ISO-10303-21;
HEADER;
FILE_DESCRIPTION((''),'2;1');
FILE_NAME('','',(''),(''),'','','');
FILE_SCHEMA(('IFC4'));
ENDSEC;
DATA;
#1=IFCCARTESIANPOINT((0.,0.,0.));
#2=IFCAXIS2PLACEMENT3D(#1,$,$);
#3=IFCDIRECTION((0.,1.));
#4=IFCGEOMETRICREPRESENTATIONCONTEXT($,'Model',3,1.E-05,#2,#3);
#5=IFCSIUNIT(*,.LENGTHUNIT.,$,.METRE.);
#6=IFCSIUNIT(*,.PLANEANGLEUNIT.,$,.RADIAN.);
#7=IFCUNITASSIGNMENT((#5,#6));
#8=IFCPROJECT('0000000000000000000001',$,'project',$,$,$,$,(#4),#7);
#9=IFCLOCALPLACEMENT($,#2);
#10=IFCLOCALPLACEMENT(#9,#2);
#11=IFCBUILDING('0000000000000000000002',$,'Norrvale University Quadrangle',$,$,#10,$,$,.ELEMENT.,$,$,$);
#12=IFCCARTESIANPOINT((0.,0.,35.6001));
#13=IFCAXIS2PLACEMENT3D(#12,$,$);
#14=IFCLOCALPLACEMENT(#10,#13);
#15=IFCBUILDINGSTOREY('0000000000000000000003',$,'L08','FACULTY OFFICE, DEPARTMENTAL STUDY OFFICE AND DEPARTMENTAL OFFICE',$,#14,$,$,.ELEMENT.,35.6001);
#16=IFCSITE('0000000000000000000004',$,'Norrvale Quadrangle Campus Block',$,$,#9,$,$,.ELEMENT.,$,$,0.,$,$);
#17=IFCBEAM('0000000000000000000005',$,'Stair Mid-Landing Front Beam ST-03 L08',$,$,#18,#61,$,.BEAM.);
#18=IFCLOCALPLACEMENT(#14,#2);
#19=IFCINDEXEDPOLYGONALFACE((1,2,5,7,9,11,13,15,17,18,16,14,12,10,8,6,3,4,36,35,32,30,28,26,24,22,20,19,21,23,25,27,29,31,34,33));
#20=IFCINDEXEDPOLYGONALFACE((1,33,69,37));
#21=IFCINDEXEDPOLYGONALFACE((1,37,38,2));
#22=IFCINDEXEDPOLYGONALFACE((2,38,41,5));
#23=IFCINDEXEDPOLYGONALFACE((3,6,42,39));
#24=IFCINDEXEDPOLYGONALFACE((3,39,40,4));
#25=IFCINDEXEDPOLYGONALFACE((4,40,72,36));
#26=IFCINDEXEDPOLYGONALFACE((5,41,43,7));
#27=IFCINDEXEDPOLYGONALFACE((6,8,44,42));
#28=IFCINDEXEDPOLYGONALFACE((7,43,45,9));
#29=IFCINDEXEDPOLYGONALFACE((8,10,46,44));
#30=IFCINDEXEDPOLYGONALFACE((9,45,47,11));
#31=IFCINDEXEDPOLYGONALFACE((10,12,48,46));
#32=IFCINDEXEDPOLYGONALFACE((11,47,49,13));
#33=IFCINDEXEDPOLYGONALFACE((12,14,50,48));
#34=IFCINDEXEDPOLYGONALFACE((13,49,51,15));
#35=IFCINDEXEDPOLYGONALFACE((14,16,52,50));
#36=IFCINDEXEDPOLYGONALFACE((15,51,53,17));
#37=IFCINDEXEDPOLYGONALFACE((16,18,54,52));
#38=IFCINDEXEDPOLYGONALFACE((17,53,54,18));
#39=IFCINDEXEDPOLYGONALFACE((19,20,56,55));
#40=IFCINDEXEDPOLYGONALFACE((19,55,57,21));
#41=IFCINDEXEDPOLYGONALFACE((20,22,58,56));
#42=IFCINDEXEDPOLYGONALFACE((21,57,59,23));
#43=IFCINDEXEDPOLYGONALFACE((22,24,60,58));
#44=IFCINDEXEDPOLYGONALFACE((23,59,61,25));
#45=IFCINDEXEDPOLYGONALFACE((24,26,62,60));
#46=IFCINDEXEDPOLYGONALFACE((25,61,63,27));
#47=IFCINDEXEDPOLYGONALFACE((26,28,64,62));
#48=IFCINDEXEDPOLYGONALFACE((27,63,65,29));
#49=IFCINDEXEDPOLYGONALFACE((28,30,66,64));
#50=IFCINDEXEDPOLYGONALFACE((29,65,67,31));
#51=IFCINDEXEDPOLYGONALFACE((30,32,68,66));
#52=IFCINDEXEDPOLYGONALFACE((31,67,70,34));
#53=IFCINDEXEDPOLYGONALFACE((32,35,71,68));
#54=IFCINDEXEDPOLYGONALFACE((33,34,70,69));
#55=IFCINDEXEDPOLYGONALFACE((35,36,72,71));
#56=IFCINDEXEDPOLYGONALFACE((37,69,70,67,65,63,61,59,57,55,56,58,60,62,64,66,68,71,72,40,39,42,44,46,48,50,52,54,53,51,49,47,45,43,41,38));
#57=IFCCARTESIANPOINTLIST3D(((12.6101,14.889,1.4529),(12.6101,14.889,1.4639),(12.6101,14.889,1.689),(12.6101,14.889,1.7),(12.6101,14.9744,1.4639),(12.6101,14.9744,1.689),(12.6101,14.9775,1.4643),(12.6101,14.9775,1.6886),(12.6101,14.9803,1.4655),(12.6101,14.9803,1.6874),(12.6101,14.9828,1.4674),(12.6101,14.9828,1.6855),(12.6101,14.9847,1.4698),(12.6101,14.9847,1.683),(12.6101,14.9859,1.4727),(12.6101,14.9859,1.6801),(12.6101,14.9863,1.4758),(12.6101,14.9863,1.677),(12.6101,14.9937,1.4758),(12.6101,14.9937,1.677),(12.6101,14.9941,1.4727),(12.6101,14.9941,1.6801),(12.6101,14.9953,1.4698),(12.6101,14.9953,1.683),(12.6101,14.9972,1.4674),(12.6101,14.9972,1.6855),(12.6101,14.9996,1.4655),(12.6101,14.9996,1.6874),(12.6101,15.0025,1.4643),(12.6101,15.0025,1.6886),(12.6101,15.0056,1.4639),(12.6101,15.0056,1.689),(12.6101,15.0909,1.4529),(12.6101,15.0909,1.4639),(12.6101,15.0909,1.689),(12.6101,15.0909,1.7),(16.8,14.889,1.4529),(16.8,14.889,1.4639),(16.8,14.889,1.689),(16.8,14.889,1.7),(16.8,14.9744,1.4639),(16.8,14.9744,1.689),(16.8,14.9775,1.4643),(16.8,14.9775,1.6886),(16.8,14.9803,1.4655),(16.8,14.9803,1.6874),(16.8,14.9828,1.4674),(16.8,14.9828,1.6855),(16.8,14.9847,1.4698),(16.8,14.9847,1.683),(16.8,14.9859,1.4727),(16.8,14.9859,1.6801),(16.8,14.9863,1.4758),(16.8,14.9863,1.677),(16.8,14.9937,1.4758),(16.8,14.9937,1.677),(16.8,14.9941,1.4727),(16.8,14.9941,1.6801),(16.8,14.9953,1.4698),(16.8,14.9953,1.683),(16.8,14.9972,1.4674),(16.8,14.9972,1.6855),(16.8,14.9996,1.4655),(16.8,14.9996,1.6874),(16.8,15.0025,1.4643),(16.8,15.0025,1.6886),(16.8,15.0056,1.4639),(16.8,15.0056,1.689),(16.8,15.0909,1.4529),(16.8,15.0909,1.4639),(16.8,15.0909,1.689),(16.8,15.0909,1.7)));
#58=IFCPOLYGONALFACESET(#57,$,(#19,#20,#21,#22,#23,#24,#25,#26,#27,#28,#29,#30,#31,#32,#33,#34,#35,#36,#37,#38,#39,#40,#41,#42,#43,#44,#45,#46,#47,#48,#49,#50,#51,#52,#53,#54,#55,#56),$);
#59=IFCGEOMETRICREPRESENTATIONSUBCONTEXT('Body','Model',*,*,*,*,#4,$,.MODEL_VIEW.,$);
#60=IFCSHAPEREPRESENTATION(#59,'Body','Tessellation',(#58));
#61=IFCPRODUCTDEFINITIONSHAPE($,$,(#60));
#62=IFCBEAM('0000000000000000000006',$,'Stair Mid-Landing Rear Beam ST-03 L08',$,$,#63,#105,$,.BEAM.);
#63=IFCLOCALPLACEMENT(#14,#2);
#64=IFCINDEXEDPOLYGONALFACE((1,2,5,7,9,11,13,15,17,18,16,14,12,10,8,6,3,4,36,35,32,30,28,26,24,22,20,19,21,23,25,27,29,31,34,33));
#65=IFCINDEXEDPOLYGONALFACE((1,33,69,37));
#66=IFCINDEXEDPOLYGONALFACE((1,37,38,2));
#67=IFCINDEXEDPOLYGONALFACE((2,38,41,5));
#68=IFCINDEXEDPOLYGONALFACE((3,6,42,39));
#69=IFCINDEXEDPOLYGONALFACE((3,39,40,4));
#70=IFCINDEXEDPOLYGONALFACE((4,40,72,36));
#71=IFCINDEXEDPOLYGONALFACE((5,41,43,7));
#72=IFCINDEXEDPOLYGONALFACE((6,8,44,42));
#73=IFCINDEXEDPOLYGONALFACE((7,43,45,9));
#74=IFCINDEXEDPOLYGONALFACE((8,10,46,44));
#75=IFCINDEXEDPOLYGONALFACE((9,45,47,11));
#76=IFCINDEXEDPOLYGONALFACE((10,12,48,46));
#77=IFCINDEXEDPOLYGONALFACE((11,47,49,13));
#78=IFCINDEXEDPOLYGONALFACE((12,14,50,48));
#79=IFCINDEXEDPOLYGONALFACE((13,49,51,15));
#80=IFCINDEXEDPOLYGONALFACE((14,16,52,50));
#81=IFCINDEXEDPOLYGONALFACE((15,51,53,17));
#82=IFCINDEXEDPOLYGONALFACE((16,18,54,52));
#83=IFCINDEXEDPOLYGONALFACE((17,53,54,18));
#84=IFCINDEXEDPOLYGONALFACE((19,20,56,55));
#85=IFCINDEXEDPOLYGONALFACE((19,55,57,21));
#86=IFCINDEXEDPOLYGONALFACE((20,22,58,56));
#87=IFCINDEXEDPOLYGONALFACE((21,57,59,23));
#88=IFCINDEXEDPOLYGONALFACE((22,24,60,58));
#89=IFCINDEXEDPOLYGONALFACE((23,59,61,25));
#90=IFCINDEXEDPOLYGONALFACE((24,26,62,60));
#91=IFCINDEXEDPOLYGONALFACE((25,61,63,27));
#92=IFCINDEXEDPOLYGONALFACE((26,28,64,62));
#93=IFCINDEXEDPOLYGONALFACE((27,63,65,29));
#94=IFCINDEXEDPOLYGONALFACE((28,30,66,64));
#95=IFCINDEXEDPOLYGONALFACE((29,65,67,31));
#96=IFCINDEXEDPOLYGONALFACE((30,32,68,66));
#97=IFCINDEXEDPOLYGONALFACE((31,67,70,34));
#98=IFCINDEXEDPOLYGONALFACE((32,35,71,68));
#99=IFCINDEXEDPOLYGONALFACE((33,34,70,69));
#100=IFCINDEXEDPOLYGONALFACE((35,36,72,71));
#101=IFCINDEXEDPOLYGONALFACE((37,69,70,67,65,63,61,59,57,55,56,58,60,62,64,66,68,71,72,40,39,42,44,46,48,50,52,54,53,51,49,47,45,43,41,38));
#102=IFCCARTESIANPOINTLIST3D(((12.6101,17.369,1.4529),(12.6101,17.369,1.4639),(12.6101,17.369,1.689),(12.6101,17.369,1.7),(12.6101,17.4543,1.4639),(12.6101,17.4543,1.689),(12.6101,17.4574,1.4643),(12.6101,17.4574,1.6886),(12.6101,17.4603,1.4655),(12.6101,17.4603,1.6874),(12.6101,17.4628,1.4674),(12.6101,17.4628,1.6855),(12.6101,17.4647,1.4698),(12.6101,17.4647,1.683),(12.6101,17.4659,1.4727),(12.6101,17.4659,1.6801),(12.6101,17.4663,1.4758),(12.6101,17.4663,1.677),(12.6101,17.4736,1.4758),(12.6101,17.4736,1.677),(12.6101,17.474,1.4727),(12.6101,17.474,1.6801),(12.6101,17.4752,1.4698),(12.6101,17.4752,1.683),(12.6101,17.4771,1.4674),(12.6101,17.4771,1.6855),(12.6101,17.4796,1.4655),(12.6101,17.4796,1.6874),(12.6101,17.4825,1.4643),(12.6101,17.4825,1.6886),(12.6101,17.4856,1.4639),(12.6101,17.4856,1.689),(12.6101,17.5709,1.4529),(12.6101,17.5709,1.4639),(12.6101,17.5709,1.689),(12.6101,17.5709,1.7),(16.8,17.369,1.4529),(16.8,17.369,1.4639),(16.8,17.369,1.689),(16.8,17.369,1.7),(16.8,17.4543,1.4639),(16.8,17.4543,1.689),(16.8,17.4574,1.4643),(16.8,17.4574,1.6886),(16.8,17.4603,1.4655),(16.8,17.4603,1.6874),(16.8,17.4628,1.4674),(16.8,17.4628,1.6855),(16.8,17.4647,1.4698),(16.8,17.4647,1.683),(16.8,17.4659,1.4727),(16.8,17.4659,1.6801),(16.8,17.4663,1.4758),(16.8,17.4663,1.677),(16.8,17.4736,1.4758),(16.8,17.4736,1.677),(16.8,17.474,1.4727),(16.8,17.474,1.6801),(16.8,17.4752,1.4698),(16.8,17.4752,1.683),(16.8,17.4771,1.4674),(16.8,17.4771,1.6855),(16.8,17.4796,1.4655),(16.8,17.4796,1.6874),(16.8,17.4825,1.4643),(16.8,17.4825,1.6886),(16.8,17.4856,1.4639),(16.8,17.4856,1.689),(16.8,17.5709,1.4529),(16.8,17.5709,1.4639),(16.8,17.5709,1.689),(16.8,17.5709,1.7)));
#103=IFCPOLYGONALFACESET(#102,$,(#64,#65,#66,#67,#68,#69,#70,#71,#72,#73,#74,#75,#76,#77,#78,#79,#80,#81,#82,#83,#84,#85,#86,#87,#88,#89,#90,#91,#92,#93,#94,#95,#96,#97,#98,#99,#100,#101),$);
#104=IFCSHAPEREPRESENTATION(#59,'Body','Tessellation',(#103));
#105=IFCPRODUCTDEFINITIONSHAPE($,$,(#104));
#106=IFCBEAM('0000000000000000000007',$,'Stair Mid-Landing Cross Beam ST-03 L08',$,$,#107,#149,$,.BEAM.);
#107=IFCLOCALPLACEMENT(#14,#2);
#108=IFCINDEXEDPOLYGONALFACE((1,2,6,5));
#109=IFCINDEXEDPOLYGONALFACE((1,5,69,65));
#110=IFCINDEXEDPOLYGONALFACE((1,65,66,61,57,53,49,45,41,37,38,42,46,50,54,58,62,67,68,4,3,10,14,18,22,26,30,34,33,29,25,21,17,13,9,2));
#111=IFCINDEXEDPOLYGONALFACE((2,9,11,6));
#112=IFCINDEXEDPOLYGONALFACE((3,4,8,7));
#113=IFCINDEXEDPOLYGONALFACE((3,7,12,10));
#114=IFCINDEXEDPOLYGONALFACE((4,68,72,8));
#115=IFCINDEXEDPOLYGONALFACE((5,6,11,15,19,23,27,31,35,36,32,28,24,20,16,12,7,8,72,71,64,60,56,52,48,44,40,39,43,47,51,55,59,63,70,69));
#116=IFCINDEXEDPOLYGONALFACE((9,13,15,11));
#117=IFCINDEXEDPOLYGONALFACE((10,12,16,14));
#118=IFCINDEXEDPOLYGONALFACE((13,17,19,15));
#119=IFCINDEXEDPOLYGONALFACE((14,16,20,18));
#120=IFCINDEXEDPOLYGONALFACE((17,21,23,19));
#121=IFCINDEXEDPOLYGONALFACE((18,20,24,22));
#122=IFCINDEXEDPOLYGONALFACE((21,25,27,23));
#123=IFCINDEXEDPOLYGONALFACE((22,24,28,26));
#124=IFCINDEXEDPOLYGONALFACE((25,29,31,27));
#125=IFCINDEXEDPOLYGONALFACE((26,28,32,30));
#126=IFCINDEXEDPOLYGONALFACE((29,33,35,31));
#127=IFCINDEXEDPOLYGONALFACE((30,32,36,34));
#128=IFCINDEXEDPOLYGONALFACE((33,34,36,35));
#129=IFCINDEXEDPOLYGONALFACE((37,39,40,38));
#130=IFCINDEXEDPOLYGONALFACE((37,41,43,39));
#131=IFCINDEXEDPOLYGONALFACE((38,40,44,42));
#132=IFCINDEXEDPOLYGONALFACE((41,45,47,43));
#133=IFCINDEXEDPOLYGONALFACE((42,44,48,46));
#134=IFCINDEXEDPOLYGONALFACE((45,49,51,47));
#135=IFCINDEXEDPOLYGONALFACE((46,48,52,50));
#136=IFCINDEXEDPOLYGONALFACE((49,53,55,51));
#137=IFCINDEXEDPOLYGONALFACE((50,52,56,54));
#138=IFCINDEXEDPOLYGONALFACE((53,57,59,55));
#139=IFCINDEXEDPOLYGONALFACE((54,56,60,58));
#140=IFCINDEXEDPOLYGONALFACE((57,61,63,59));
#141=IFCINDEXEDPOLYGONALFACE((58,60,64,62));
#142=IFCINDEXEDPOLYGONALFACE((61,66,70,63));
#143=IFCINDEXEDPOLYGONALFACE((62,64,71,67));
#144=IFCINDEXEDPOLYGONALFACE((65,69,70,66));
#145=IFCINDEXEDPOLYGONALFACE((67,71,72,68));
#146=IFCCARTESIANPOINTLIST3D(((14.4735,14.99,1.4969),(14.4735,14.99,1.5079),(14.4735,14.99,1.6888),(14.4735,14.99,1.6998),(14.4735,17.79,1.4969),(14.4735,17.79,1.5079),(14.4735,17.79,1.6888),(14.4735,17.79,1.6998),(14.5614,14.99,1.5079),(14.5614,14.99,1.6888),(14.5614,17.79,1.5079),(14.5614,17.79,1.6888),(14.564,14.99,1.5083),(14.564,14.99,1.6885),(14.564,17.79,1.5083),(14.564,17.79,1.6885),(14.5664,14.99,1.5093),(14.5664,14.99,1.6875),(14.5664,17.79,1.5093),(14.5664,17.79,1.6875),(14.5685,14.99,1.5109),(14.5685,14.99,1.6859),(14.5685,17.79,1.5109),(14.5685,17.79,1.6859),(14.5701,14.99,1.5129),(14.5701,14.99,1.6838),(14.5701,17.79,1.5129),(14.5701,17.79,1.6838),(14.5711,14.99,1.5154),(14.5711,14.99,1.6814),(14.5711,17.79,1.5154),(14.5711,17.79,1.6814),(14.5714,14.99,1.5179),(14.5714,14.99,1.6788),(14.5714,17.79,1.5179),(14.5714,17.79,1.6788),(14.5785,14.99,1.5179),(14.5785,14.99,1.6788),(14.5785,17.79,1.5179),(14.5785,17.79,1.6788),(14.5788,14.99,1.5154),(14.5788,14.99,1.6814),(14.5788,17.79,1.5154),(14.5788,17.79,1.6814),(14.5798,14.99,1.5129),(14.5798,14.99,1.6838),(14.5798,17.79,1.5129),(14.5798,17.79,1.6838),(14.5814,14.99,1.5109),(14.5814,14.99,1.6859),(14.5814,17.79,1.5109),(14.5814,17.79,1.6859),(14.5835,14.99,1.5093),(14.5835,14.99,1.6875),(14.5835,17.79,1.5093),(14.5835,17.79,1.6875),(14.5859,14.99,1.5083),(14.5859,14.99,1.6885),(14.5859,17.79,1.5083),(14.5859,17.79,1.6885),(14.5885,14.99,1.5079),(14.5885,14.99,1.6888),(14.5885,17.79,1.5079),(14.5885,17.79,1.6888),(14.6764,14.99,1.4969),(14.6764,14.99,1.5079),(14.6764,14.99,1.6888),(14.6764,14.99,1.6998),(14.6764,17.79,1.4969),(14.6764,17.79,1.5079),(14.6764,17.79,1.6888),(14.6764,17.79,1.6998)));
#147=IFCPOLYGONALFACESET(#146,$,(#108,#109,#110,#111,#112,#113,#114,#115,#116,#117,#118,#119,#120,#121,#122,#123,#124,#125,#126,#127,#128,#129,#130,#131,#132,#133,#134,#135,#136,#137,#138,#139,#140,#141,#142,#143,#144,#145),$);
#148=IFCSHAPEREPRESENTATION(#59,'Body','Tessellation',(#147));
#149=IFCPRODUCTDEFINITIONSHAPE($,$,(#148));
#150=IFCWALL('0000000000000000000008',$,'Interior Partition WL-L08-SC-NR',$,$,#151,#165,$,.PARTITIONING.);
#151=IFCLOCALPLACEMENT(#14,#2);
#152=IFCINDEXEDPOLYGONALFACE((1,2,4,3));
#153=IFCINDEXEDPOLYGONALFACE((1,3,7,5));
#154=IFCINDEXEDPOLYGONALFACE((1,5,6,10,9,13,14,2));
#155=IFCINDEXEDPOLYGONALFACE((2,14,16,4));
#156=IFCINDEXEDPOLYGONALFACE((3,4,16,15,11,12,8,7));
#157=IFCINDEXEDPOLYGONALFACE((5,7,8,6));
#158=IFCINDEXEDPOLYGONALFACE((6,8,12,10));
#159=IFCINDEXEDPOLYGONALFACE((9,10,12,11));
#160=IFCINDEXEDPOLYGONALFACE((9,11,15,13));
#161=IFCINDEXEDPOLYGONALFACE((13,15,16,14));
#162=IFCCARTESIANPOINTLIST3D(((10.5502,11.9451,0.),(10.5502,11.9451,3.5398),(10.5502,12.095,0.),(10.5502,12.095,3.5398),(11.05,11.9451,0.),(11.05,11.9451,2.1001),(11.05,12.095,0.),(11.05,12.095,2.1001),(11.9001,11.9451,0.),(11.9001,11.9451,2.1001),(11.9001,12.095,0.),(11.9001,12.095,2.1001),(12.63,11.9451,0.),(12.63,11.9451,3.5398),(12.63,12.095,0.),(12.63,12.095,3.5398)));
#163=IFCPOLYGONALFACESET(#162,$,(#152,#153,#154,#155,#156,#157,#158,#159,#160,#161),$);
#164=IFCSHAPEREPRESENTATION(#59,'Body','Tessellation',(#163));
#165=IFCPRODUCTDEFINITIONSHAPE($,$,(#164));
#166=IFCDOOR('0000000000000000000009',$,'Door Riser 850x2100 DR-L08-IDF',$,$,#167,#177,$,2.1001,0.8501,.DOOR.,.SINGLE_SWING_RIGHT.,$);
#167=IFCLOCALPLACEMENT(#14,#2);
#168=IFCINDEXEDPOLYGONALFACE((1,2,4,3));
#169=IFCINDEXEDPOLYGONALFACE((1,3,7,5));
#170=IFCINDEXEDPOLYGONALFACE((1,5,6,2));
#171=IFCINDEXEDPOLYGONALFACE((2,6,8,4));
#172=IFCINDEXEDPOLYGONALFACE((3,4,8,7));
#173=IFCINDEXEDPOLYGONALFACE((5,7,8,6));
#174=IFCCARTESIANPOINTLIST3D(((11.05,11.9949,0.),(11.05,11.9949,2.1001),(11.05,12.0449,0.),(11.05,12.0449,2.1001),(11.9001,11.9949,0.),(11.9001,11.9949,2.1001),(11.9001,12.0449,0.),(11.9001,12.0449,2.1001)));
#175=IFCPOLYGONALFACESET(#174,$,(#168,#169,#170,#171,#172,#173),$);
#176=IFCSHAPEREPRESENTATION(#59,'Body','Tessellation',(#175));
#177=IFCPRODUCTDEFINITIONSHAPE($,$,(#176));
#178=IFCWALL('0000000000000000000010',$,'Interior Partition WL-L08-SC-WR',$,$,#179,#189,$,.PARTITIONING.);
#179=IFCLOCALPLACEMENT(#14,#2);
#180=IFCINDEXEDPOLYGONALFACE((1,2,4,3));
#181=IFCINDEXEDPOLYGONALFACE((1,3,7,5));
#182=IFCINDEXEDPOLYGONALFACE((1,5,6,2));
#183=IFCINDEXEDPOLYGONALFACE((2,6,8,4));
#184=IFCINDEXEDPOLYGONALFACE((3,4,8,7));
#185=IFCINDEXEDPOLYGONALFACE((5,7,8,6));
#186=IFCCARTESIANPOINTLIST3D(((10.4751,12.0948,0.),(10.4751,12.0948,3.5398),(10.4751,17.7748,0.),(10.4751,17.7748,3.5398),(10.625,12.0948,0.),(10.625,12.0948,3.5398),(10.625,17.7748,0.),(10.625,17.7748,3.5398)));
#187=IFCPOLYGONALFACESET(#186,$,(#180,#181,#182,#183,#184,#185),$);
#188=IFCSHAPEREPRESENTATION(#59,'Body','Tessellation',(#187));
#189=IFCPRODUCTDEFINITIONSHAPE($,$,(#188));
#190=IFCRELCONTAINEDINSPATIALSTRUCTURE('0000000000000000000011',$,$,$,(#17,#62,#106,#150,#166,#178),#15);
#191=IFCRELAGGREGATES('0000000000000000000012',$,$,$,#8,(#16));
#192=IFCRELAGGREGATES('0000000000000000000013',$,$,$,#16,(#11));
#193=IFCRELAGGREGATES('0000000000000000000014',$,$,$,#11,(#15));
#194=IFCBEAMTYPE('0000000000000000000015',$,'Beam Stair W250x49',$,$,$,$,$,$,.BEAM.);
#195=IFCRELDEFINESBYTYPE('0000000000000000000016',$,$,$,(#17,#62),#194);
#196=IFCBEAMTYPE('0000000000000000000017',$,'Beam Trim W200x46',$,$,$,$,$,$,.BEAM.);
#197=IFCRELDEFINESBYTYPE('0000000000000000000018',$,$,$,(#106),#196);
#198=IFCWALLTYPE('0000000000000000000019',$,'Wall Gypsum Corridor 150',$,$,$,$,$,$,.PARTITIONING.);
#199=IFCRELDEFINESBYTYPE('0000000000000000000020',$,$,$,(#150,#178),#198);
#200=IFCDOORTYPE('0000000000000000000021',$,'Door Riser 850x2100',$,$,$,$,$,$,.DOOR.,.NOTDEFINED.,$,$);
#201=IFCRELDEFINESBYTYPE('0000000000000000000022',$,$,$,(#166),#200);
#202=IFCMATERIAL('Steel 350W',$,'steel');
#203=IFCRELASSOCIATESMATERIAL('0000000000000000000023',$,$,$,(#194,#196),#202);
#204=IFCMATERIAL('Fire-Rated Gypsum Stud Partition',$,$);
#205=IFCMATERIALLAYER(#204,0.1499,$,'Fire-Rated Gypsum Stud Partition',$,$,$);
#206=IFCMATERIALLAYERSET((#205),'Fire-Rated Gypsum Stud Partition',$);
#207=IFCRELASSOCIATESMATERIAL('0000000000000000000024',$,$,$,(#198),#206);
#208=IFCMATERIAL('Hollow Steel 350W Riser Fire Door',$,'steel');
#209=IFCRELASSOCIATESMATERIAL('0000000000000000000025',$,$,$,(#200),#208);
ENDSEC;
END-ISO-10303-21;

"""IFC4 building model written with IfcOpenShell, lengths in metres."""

from ifc_helpers import new_model, si_unit, direction, frame, frame_2d, origin, origin_2d, place, context, subcontext, project, spatial, rectangle, i_section, extrude, material, layer, layer_set, material_profile, profile_set, type_object, element, fill, save


model = new_model("IFC4")

# Units and contexts
model_context = context("Model", 3, precision=1e-05, world=origin(), true_north=direction((0.0, 1.0)))
body_context = subcontext(model_context, "Body", "Model", "MODEL_VIEW")
ifc_project = project(units=[si_unit("LENGTHUNIT", "METRE"), si_unit("PLANEANGLEUNIT", "RADIAN")], contexts=[model_context])

# Site, building, storey
site_placement = place(None, origin())
site = spatial("IfcSite", under=ifc_project, at=site_placement, Name="Norrvale Quadrangle Campus Block", CompositionType="ELEMENT", RefElevation=0.0)
building_placement = place(site_placement, origin())
building = spatial("IfcBuilding", under=site, at=building_placement, Name="Norrvale University Quadrangle", CompositionType="ELEMENT")
storey_placement = place(building_placement, frame((0.0, 0.0, 35.6001)))
storey = spatial("IfcBuildingStorey", under=building, at=storey_placement, Name="L08", Description="FACULTY OFFICE, DEPARTMENTAL STUDY OFFICE AND DEPARTMENTAL OFFICE", CompositionType="ELEMENT", Elevation=35.6001)

# Beams
ifc_material_1 = material(Name="Steel 350W", Category="steel")
ifc_material_profile_1 = material_profile(ifc_material_1, i_section(OverallWidth=0.2019, OverallDepth=0.2471, WebThickness=0.0073, FlangeThickness=0.011, FilletRadius=0.012, at=origin_2d()), Name="Steel 350W")
ifc_profile_set_1 = profile_set([ifc_material_profile_1], Name="Steel 350W")
beam_type_1 = type_object("IfcBeamType", Name="Beam Stair W250x49", PredefinedType="BEAM", material=ifc_profile_set_1)
for number, where, z_axis, x_axis, name in (
    (1, (12.6101, 14.99, 1.5764), (1.0, 0.0, 0.0), (0.0, 1.0, 0.0), "Stair Mid-Landing Front Beam ST-03 L08"),
    (2, (12.6101, 17.47, 1.5764), (1.0, 0.0, 0.0), (0.0, 1.0, 0.0), "Stair Mid-Landing Rear Beam ST-03 L08"),
):
    element("IfcBeam", number, at=place(storey_placement, frame(where, z_axis=z_axis, x_axis=x_axis)), inside=storey, type_object=beam_type_1, Name=name, PredefinedType="BEAM", context=body_context, shape_type="SweptSolid", body=[
        extrude(i_section(OverallWidth=0.2019, OverallDepth=0.2471, WebThickness=0.0073, FlangeThickness=0.011, FilletRadius=0.012, at=origin_2d()), origin(), (0.0, 0.0, 1.0), 4.1899),
    ])
ifc_material_profile_2 = material_profile(ifc_material_1, i_section(OverallWidth=0.2029, OverallDepth=0.2029, WebThickness=0.0071, FlangeThickness=0.011, FilletRadius=0.01, at=origin_2d()), Name="Steel 350W")
ifc_profile_set_2 = profile_set([ifc_material_profile_2], Name="Steel 350W")
beam_type_2 = type_object("IfcBeamType", Name="Beam Trim W200x46", PredefinedType="BEAM", material=ifc_profile_set_2)
beam_placement = place(storey_placement, frame((14.575, 14.99, 1.5984), z_axis=(0.0, 1.0, 0.0), x_axis=(-1.0, 0.0, 0.0)))
element("IfcBeam", 3, at=beam_placement, inside=storey, type_object=beam_type_2, Name="Stair Mid-Landing Cross Beam ST-03 L08", PredefinedType="BEAM", context=body_context, shape_type="SweptSolid", body=[
    extrude(i_section(OverallWidth=0.2029, OverallDepth=0.2029, WebThickness=0.0071, FlangeThickness=0.011, FilletRadius=0.01, at=origin_2d()), origin(), (0.0, 0.0, 1.0), 2.8),
])

# Wall, opening, door
ifc_material_2 = material(Name="Fire-Rated Gypsum Stud Partition")
ifc_layer_1 = layer(ifc_material_2, 0.1499, Name="Fire-Rated Gypsum Stud Partition")
ifc_layer_set_1 = layer_set([ifc_layer_1], Name="Fire-Rated Gypsum Stud Partition")
wall_type_1 = type_object("IfcWallType", Name="Wall Gypsum Corridor 150", PredefinedType="PARTITIONING", material=ifc_layer_set_1)
wall_1_placement = place(storey_placement, frame((10.55, 12.02, 0.0), z_axis=(0.0, 0.0, 1.0), x_axis=(1.0, 0.0, 0.0)))
wall_1 = element("IfcWall", 4, at=wall_1_placement, inside=storey, type_object=wall_type_1, Name="Interior Partition WL-L08-SC-NR", PredefinedType="PARTITIONING", context=body_context, shape_type="SweptSolid", body=[
    extrude(rectangle(XDim=2.0798, YDim=0.1499, at=frame_2d((1.04, 0.0))), origin(), (0.0, 0.0, 1.0), 3.5398),
])
opening_1_placement = place(wall_1_placement, frame((0.5, 0.0, 0.0)))
opening_1 = element("IfcOpeningElement", 5, at=opening_1_placement, cuts=wall_1, PredefinedType="OPENING", context=body_context, shape_type="SweptSolid", body=[
    extrude(rectangle(XDim=0.8501, YDim=2.1001, at=frame_2d((0.425, 1.05))), frame((0.0, 0.0869, 0.0), z_axis=(0.0, -1.0, 0.0), x_axis=(1.0, 0.0, 0.0)), (0.0, 0.0, 1.0), 0.1738),
])
ifc_material_3 = material(Name="Hollow Steel 350W Riser Fire Door", Category="steel")
door_type_1 = type_object("IfcDoorType", Name="Door Riser 850x2100", OperationType="NOTDEFINED", PredefinedType="DOOR", material=ifc_material_3)
door_1_placement = place(opening_1_placement, origin())
door_1 = element("IfcDoor", 6, at=door_1_placement, inside=storey, type_object=door_type_1, Name="Door Riser 850x2100 DR-L08-IDF", OperationType="SINGLE_SWING_RIGHT", OverallHeight=2.1001, OverallWidth=0.8501, PredefinedType="DOOR", context=body_context, shape_type="SweptSolid", body=[
    extrude(rectangle(XDim=0.8501, YDim=2.1001, at=frame_2d((0.425, 1.05))), frame((0.0, 0.0249, 0.0), z_axis=(0.0, -1.0, 0.0), x_axis=(1.0, 0.0, 0.0)), (0.0, 0.0, 1.0), 0.05),
])
fill(opening_1, door_1)

# Wall
wall_2_placement = place(storey_placement, frame((10.55, 12.095, 0.0), z_axis=(0.0, 0.0, 1.0), x_axis=(0.0, 1.0, 0.0)))
element("IfcWall", 7, at=wall_2_placement, inside=storey, type_object=wall_type_1, Name="Interior Partition WL-L08-SC-WR", PredefinedType="PARTITIONING", context=body_context, shape_type="SweptSolid", body=[
    extrude(rectangle(XDim=5.6799, YDim=0.1499, at=frame_2d((2.8398, 0.0))), origin(), (0.0, 0.0, 1.0), 3.5398),
])

save(model, "model.ifc")
